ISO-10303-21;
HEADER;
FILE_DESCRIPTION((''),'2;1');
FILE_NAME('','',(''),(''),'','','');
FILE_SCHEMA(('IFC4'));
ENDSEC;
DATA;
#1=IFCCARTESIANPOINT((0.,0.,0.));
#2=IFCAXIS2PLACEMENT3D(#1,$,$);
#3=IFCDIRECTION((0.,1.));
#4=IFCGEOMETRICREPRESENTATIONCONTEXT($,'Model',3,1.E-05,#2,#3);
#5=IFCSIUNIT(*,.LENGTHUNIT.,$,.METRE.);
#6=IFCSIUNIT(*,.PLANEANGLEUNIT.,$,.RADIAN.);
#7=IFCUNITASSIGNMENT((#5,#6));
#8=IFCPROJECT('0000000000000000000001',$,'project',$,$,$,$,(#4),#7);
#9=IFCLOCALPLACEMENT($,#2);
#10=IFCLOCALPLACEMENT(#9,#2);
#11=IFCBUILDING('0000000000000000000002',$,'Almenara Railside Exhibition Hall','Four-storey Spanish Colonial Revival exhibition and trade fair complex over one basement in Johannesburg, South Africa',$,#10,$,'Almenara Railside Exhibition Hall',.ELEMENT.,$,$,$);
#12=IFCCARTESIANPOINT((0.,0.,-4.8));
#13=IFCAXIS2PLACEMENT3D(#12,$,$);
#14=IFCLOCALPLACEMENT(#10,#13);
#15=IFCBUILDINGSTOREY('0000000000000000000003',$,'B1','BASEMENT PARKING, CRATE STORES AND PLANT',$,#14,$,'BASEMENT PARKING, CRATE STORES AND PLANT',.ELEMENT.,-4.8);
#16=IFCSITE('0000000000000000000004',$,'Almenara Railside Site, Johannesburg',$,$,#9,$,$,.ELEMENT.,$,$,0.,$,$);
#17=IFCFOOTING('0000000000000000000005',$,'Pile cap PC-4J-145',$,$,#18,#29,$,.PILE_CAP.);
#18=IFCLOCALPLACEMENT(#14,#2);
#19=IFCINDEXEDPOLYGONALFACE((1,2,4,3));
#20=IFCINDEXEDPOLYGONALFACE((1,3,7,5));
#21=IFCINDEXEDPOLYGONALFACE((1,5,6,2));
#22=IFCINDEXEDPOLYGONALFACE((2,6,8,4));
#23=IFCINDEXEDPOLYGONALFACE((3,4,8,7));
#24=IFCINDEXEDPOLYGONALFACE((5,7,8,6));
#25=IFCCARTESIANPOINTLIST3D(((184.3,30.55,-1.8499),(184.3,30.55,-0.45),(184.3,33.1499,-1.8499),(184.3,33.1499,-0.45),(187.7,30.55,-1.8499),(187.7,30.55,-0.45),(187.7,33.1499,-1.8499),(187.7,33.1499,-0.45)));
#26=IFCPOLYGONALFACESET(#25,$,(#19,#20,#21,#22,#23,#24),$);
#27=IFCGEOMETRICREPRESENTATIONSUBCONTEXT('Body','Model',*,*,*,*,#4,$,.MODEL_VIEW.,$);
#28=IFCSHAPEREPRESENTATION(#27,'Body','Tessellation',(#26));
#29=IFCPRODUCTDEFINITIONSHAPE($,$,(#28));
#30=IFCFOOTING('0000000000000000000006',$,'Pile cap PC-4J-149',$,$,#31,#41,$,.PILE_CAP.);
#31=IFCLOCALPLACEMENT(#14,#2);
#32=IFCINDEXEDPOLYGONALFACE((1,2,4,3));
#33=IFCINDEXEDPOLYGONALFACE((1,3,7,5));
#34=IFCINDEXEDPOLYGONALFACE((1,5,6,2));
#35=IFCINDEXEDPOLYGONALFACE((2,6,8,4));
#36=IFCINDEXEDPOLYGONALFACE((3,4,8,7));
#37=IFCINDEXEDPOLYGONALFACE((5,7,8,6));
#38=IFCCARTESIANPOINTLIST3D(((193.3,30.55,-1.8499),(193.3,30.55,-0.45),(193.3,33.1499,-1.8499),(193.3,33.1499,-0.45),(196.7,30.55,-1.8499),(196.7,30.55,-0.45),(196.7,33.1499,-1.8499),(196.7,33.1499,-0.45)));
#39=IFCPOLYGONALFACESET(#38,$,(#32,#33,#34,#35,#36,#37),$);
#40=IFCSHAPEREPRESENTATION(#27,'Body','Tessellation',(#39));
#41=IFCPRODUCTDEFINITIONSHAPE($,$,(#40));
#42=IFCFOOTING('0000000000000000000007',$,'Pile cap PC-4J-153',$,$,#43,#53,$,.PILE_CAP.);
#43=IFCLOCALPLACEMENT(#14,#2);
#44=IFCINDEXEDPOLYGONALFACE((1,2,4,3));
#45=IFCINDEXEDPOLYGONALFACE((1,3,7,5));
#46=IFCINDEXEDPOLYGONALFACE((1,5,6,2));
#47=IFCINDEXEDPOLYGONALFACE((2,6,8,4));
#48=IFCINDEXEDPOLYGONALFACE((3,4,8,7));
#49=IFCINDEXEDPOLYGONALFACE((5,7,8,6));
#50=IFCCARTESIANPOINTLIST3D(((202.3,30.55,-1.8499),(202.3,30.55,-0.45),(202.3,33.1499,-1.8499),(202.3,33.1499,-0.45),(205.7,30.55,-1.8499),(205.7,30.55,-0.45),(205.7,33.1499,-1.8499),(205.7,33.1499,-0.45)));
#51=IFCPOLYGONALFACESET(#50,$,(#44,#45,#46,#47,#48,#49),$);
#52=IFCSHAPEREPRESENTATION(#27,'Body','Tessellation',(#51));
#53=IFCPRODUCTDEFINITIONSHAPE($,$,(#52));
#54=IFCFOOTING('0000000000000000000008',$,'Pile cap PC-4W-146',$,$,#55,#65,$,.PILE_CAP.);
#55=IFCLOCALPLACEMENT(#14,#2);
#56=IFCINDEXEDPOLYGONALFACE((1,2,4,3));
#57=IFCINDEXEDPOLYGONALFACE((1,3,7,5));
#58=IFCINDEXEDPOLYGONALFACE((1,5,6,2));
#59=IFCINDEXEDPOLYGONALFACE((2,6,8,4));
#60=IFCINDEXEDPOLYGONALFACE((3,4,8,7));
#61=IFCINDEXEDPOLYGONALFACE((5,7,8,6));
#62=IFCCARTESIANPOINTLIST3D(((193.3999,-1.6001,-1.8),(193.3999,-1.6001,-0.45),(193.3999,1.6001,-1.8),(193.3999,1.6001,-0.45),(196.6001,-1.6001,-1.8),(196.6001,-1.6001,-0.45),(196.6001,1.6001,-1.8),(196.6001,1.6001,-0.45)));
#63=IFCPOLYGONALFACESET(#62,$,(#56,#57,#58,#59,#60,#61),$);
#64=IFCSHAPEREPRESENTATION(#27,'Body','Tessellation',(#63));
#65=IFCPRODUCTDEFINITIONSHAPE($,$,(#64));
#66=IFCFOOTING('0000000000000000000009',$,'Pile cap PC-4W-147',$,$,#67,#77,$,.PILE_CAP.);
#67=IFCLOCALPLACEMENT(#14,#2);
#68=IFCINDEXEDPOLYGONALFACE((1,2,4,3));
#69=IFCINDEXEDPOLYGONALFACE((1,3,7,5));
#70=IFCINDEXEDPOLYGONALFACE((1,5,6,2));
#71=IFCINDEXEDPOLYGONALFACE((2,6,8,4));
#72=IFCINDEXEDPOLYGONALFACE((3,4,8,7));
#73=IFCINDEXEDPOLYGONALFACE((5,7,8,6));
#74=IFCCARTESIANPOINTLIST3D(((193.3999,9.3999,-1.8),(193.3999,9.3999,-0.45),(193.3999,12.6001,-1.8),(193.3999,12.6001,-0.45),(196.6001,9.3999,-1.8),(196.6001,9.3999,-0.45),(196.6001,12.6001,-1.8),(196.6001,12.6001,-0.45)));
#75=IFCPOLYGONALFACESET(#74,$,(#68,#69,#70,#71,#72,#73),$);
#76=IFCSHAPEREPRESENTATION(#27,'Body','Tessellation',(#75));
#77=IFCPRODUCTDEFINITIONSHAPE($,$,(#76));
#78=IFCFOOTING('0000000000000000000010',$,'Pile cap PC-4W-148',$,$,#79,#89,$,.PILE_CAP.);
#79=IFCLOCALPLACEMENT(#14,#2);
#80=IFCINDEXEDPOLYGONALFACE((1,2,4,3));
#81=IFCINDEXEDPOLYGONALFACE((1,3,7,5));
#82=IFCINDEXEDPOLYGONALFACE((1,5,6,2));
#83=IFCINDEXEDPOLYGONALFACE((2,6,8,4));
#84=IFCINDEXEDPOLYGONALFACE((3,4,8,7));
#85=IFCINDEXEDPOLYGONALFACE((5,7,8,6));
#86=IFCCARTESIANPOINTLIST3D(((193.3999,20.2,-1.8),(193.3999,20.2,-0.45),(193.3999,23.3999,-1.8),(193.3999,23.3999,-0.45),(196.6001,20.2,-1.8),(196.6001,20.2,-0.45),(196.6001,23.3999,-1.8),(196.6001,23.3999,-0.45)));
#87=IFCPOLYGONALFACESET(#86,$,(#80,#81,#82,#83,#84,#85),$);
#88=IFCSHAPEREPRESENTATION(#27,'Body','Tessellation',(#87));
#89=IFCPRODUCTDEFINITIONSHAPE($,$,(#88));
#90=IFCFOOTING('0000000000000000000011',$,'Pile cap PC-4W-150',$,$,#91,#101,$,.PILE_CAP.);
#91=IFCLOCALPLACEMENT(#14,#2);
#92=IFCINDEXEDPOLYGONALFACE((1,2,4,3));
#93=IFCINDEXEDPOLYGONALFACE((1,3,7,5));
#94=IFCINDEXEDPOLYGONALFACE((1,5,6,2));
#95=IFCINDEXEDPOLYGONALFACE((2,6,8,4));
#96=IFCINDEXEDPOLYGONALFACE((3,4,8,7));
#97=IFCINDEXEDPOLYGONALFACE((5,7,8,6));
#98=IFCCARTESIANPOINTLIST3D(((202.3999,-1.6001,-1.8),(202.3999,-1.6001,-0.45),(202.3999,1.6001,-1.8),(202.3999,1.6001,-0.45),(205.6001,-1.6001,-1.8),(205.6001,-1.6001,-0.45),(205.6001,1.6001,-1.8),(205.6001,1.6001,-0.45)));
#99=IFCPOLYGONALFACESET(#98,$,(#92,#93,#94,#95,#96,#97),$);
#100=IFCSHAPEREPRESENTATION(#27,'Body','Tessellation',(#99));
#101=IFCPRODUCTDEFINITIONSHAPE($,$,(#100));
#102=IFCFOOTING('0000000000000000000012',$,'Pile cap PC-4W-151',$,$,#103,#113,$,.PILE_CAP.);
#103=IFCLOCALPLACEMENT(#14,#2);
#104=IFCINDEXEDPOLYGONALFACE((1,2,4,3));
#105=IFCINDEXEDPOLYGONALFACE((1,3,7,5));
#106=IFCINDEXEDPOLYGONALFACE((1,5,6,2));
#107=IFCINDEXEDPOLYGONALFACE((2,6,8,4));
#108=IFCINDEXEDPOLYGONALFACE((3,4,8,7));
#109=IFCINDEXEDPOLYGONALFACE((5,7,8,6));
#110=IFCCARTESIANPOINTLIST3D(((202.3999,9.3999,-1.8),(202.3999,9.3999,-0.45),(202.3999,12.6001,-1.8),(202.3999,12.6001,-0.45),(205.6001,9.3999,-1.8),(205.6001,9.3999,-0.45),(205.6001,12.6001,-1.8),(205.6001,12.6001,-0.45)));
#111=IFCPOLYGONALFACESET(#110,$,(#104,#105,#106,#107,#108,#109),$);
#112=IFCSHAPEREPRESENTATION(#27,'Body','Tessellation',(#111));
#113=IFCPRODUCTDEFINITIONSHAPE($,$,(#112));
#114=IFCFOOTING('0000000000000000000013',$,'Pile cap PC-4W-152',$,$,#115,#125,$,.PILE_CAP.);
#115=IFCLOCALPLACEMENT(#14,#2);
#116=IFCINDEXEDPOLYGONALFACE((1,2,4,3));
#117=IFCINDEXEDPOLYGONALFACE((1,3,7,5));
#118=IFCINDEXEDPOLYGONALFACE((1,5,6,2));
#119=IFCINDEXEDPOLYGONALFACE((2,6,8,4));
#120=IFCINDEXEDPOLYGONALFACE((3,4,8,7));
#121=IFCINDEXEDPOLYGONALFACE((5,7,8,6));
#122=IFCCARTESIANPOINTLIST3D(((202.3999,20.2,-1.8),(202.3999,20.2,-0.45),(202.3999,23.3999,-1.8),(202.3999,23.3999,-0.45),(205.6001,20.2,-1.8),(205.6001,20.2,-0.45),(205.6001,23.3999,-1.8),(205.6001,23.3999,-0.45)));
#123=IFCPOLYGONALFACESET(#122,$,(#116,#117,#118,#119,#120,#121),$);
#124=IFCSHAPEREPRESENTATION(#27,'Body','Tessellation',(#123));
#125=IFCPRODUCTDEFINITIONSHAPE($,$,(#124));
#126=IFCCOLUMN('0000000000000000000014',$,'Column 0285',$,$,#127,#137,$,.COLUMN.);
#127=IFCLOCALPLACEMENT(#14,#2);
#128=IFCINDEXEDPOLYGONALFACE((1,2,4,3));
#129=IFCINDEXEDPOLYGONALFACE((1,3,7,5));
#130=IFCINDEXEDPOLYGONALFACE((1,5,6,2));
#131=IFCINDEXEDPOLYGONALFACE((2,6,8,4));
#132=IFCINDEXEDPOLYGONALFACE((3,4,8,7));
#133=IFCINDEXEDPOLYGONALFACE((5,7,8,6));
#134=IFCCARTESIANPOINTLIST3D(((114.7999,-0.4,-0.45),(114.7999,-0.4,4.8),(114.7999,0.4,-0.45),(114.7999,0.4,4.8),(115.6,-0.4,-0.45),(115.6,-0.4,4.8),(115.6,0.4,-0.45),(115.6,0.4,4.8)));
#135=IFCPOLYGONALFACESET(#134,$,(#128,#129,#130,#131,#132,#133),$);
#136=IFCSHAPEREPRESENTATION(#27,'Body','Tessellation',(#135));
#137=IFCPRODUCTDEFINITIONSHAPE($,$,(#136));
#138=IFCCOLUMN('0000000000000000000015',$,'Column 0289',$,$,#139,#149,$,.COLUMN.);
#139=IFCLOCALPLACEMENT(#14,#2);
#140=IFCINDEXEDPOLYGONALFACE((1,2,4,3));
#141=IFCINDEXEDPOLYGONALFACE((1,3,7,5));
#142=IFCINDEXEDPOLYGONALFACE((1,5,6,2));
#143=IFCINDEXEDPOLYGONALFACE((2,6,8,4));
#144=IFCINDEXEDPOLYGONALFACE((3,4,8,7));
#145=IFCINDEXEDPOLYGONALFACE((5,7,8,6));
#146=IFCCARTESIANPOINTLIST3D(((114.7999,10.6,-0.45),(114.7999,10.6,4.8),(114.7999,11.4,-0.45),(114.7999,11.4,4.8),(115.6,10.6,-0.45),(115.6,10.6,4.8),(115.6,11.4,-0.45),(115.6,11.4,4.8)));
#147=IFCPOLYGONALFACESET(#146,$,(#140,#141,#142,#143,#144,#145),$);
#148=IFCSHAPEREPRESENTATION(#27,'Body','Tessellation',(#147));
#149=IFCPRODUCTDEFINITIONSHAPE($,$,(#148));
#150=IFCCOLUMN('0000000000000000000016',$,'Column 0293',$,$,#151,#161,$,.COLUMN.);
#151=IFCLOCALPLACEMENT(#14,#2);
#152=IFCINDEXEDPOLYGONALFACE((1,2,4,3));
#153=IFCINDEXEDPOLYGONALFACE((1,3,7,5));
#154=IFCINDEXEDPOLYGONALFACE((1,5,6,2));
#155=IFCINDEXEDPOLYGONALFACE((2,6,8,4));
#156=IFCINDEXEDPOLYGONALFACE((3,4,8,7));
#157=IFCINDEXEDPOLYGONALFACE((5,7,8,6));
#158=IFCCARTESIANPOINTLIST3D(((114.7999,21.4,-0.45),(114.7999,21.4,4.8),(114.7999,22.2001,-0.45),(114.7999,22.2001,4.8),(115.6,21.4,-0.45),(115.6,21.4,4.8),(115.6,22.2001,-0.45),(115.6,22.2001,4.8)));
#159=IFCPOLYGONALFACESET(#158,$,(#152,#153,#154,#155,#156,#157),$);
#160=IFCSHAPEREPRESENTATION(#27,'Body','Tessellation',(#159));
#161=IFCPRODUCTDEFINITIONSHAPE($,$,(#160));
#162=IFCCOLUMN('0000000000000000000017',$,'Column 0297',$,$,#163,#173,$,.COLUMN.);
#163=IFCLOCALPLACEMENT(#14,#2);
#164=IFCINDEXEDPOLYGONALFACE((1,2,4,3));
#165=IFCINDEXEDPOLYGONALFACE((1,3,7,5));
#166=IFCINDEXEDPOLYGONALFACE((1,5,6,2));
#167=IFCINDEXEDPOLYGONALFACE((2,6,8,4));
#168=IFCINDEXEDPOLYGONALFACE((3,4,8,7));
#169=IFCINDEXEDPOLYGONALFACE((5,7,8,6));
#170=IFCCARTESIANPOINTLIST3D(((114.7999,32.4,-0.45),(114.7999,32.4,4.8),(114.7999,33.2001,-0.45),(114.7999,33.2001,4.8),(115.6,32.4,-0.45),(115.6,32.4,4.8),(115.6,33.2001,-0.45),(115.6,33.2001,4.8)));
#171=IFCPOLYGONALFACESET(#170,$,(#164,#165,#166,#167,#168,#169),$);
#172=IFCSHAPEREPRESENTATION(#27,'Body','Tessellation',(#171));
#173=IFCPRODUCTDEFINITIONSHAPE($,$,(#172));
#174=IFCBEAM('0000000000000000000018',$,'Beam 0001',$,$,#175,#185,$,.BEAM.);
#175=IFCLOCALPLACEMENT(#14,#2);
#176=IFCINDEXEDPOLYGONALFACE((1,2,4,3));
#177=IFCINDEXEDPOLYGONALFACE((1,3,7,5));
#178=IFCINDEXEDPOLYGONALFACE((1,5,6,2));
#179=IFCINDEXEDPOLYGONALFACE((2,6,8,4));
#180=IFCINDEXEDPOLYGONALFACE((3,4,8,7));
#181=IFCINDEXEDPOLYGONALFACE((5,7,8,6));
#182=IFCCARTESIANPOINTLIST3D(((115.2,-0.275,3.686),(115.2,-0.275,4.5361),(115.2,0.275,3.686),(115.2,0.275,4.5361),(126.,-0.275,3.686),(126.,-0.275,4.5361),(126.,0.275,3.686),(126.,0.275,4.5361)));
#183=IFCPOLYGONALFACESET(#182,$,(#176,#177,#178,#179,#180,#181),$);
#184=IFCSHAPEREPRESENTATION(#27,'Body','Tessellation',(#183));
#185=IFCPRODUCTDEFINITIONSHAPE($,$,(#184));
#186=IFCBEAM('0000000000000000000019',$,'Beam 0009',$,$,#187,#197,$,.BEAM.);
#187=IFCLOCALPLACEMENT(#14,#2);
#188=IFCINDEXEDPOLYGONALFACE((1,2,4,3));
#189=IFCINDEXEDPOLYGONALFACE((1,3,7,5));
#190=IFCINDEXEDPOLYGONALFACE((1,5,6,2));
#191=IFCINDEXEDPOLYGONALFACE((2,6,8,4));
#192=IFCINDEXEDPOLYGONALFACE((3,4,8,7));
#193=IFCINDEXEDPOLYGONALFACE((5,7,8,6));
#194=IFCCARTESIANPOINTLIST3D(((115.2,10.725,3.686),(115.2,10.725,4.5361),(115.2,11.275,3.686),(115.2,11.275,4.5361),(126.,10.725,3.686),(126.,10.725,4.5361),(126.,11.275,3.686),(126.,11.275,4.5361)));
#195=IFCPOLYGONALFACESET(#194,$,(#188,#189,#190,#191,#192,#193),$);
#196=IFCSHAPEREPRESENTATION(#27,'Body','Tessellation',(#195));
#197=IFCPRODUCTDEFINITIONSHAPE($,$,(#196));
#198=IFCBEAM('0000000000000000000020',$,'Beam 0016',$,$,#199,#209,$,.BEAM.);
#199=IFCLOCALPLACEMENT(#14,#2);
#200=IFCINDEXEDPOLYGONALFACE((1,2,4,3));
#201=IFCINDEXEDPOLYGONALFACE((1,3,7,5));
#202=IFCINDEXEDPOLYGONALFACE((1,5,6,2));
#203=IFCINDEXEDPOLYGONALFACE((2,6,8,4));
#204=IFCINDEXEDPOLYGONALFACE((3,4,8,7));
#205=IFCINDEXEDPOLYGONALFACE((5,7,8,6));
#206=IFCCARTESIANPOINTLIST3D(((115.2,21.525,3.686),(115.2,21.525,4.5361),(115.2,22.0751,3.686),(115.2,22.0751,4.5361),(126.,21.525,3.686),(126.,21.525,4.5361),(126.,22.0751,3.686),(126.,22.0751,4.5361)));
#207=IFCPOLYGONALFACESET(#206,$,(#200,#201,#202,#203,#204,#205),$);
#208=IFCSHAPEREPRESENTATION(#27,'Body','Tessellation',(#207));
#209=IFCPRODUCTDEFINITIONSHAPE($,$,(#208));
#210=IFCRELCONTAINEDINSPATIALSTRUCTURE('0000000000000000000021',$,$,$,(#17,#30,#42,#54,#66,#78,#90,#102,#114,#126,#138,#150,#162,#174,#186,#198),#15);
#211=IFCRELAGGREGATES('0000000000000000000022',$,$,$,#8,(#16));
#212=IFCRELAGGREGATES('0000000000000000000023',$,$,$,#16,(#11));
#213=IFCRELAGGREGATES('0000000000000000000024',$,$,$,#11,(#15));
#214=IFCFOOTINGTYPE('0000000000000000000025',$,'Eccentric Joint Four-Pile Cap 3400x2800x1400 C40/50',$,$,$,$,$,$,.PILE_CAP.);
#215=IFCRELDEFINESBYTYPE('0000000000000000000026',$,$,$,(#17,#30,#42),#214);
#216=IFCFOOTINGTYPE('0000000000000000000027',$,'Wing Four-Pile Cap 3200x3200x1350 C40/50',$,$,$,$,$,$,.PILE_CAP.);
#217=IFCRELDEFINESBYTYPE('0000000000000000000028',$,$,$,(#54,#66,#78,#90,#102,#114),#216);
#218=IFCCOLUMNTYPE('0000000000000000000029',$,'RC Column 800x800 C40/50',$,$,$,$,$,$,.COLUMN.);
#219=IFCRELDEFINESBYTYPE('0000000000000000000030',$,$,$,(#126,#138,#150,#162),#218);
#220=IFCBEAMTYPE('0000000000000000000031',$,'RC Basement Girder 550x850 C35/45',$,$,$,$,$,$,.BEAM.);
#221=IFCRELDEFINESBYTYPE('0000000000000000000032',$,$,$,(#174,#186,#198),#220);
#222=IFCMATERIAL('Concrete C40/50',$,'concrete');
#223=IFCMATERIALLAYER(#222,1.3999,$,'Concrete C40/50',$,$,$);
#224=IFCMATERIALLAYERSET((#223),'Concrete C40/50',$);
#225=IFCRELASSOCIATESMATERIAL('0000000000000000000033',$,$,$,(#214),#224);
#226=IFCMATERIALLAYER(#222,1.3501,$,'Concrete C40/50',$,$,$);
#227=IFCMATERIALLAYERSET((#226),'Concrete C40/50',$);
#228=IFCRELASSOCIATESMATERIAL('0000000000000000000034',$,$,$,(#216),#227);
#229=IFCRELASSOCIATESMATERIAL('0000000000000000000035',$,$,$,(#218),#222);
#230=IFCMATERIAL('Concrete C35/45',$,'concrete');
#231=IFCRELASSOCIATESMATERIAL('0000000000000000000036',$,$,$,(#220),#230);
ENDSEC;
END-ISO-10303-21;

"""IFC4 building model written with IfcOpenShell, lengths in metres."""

from ifc_helpers import new_model, si_unit, direction, frame, origin, origin_2d, place, context, subcontext, project, spatial, polyline, rectangle, outline, extrude, material, layer, layer_set, material_profile, profile_set, type_object, element, save


model = new_model("IFC4")

# Units and contexts
model_context = context("Model", 3, precision=1e-05, world=origin(), true_north=direction((0.0, 1.0)))
body_context = subcontext(model_context, "Body", "Model", "MODEL_VIEW")
ifc_project = project(units=[si_unit("LENGTHUNIT", "METRE"), si_unit("PLANEANGLEUNIT", "RADIAN")], contexts=[model_context])

# Site, building, storey
site_placement = place(None, origin())
site = spatial("IfcSite", under=ifc_project, at=site_placement, Name="Almenara Railside Site, Johannesburg", CompositionType="ELEMENT", RefElevation=0.0)
building_placement = place(site_placement, origin())
building = spatial("IfcBuilding", under=site, at=building_placement, Name="Almenara Railside Exhibition Hall", Description="Four-storey Spanish Colonial Revival exhibition and trade fair complex over one basement in Johannesburg, South Africa", LongName="Almenara Railside Exhibition Hall", CompositionType="ELEMENT")
storey_placement = place(building_placement, frame((0.0, 0.0, -4.8)))
storey = spatial("IfcBuildingStorey", under=building, at=storey_placement, Name="B1", Description="BASEMENT PARKING, CRATE STORES AND PLANT", LongName="BASEMENT PARKING, CRATE STORES AND PLANT", CompositionType="ELEMENT", Elevation=-4.8)

# Footings
ifc_material_1 = material(Name="Concrete C40/50", Category="concrete")
ifc_layer_1 = layer(ifc_material_1, 1.3999, Name="Concrete C40/50")
ifc_layer_set_1 = layer_set([ifc_layer_1], Name="Concrete C40/50")
footing_type_1 = type_object("IfcFootingType", Name="Eccentric Joint Four-Pile Cap 3400x2800x1400 C40/50", PredefinedType="PILE_CAP", material=ifc_layer_set_1)
footing_1_placement = place(storey_placement, frame((0.0, 0.0, -1.8499)))
element("IfcFooting", 1, at=footing_1_placement, inside=storey, type_object=footing_type_1, Name="Pile cap PC-4J-145", PredefinedType="PILE_CAP", context=body_context, shape_type="SweptSolid", body=[
    extrude(outline(polyline([(184.3, 30.55), (187.7, 30.55), (187.7, 33.1499), (184.3, 33.1499), (184.3, 30.55)])), origin(), (0.0, 0.0, 1.0), 1.3999),
])
footing_2_placement = place(storey_placement, frame((0.0, 0.0, -1.8499)))
element("IfcFooting", 2, at=footing_2_placement, inside=storey, type_object=footing_type_1, Name="Pile cap PC-4J-149", PredefinedType="PILE_CAP", context=body_context, shape_type="SweptSolid", body=[
    extrude(outline(polyline([(193.3, 30.55), (196.7, 30.55), (196.7, 33.1499), (193.3, 33.1499), (193.3, 30.55)])), origin(), (0.0, 0.0, 1.0), 1.3999),
])
footing_3_placement = place(storey_placement, frame((0.0, 0.0, -1.8499)))
element("IfcFooting", 3, at=footing_3_placement, inside=storey, type_object=footing_type_1, Name="Pile cap PC-4J-153", PredefinedType="PILE_CAP", context=body_context, shape_type="SweptSolid", body=[
    extrude(outline(polyline([(202.3, 30.55), (205.7, 30.55), (205.7, 33.1499), (202.3, 33.1499), (202.3, 30.55)])), origin(), (0.0, 0.0, 1.0), 1.3999),
])
ifc_layer_2 = layer(ifc_material_1, 1.3501, Name="Concrete C40/50")
ifc_layer_set_2 = layer_set([ifc_layer_2], Name="Concrete C40/50")
footing_type_2 = type_object("IfcFootingType", Name="Wing Four-Pile Cap 3200x3200x1350 C40/50", PredefinedType="PILE_CAP", material=ifc_layer_set_2)
footing_4_placement = place(storey_placement, frame((0.0, 0.0, -1.8)))
element("IfcFooting", 4, at=footing_4_placement, inside=storey, type_object=footing_type_2, Name="Pile cap PC-4W-146", PredefinedType="PILE_CAP", context=body_context, shape_type="SweptSolid", body=[
    extrude(outline(polyline([(193.3999, -1.6001), (196.6001, -1.6001), (196.6001, 1.6001), (193.3999, 1.6001), (193.3999, -1.6001)])), origin(), (0.0, 0.0, 1.0), 1.3501),
])
footing_5_placement = place(storey_placement, frame((0.0, 0.0, -1.8)))
element("IfcFooting", 5, at=footing_5_placement, inside=storey, type_object=footing_type_2, Name="Pile cap PC-4W-147", PredefinedType="PILE_CAP", context=body_context, shape_type="SweptSolid", body=[
    extrude(outline(polyline([(193.3999, 9.3999), (196.6001, 9.3999), (196.6001, 12.6001), (193.3999, 12.6001), (193.3999, 9.3999)])), origin(), (0.0, 0.0, 1.0), 1.3501),
])
footing_6_placement = place(storey_placement, frame((0.0, 0.0, -1.8)))
element("IfcFooting", 6, at=footing_6_placement, inside=storey, type_object=footing_type_2, Name="Pile cap PC-4W-148", PredefinedType="PILE_CAP", context=body_context, shape_type="SweptSolid", body=[
    extrude(outline(polyline([(193.3999, 20.2), (196.6001, 20.2), (196.6001, 23.3999), (193.3999, 23.3999), (193.3999, 20.2)])), origin(), (0.0, 0.0, 1.0), 1.3501),
])
footing_7_placement = place(storey_placement, frame((0.0, 0.0, -1.8)))
element("IfcFooting", 7, at=footing_7_placement, inside=storey, type_object=footing_type_2, Name="Pile cap PC-4W-150", PredefinedType="PILE_CAP", context=body_context, shape_type="SweptSolid", body=[
    extrude(outline(polyline([(202.3999, -1.6001), (205.6001, -1.6001), (205.6001, 1.6001), (202.3999, 1.6001), (202.3999, -1.6001)])), origin(), (0.0, 0.0, 1.0), 1.3501),
])
footing_8_placement = place(storey_placement, frame((0.0, 0.0, -1.8)))
element("IfcFooting", 8, at=footing_8_placement, inside=storey, type_object=footing_type_2, Name="Pile cap PC-4W-151", PredefinedType="PILE_CAP", context=body_context, shape_type="SweptSolid", body=[
    extrude(outline(polyline([(202.3999, 9.3999), (205.6001, 9.3999), (205.6001, 12.6001), (202.3999, 12.6001), (202.3999, 9.3999)])), origin(), (0.0, 0.0, 1.0), 1.3501),
])
footing_9_placement = place(storey_placement, frame((0.0, 0.0, -1.8)))
element("IfcFooting", 9, at=footing_9_placement, inside=storey, type_object=footing_type_2, Name="Pile cap PC-4W-152", PredefinedType="PILE_CAP", context=body_context, shape_type="SweptSolid", body=[
    extrude(outline(polyline([(202.3999, 20.2), (205.6001, 20.2), (205.6001, 23.3999), (202.3999, 23.3999), (202.3999, 20.2)])), origin(), (0.0, 0.0, 1.0), 1.3501),
])

# Columns
ifc_material_profile_1 = material_profile(ifc_material_1, rectangle(XDim=0.8, YDim=0.8, at=origin_2d()), Name="RC 800x800")
ifc_profile_set_1 = profile_set([ifc_material_profile_1], Name="Concrete C40/50")
column_type = type_object("IfcColumnType", Name="RC Column 800x800 C40/50", PredefinedType="COLUMN", material=ifc_profile_set_1)
for number, where, z_axis, x_axis, name in (
    (10, (115.2, 0.0, -0.45), (0.0, 0.0, 1.0), (1.0, 0.0, 0.0), "Column 0285"),
    (11, (115.2, 11.0, -0.45), (0.0, 0.0, 1.0), (1.0, 0.0, 0.0), "Column 0289"),
    (12, (115.2, 21.8, -0.45), (0.0, 0.0, 1.0), (1.0, 0.0, 0.0), "Column 0293"),
    (13, (115.2, 32.8, -0.45), (0.0, 0.0, 1.0), (1.0, 0.0, 0.0), "Column 0297"),
):
    element("IfcColumn", number, at=place(storey_placement, frame(where, z_axis=z_axis, x_axis=x_axis)), inside=storey, type_object=column_type, Name=name, PredefinedType="COLUMN", context=body_context, shape_type="SweptSolid", body=[
        extrude(rectangle(XDim=0.8, YDim=0.8, at=origin_2d()), origin(), (0.0, 0.0, 1.0), 5.25),
    ])

# Beams
ifc_material_2 = material(Name="Concrete C35/45", Category="concrete")
ifc_material_profile_2 = material_profile(ifc_material_2, rectangle(XDim=0.55, YDim=0.8501, at=origin_2d()), Name="RC 550x850")
ifc_profile_set_2 = profile_set([ifc_material_profile_2], Name="Concrete C35/45")
beam_type = type_object("IfcBeamType", Name="RC Basement Girder 550x850 C35/45", PredefinedType="BEAM", material=ifc_profile_set_2)
for number, where, z_axis, x_axis, name in (
    (14, (115.2, 0.0, 4.1111), (1.0, 0.0, 0.0), (0.0, 1.0, 0.0), "Beam 0001"),
    (15, (115.2, 11.0, 4.1111), (1.0, 0.0, 0.0), (0.0, 1.0, 0.0), "Beam 0009"),
    (16, (115.2, 21.8, 4.1111), (1.0, 0.0, 0.0), (0.0, 1.0, 0.0), "Beam 0016"),
):
    element("IfcBeam", number, at=place(storey_placement, frame(where, z_axis=z_axis, x_axis=x_axis)), inside=storey, type_object=beam_type, Name=name, PredefinedType="BEAM", context=body_context, shape_type="SweptSolid", body=[
        extrude(rectangle(XDim=0.55, YDim=0.8501, at=origin_2d()), origin(), (0.0, 0.0, 1.0), 10.8),
    ])

save(model, "model.ifc")
